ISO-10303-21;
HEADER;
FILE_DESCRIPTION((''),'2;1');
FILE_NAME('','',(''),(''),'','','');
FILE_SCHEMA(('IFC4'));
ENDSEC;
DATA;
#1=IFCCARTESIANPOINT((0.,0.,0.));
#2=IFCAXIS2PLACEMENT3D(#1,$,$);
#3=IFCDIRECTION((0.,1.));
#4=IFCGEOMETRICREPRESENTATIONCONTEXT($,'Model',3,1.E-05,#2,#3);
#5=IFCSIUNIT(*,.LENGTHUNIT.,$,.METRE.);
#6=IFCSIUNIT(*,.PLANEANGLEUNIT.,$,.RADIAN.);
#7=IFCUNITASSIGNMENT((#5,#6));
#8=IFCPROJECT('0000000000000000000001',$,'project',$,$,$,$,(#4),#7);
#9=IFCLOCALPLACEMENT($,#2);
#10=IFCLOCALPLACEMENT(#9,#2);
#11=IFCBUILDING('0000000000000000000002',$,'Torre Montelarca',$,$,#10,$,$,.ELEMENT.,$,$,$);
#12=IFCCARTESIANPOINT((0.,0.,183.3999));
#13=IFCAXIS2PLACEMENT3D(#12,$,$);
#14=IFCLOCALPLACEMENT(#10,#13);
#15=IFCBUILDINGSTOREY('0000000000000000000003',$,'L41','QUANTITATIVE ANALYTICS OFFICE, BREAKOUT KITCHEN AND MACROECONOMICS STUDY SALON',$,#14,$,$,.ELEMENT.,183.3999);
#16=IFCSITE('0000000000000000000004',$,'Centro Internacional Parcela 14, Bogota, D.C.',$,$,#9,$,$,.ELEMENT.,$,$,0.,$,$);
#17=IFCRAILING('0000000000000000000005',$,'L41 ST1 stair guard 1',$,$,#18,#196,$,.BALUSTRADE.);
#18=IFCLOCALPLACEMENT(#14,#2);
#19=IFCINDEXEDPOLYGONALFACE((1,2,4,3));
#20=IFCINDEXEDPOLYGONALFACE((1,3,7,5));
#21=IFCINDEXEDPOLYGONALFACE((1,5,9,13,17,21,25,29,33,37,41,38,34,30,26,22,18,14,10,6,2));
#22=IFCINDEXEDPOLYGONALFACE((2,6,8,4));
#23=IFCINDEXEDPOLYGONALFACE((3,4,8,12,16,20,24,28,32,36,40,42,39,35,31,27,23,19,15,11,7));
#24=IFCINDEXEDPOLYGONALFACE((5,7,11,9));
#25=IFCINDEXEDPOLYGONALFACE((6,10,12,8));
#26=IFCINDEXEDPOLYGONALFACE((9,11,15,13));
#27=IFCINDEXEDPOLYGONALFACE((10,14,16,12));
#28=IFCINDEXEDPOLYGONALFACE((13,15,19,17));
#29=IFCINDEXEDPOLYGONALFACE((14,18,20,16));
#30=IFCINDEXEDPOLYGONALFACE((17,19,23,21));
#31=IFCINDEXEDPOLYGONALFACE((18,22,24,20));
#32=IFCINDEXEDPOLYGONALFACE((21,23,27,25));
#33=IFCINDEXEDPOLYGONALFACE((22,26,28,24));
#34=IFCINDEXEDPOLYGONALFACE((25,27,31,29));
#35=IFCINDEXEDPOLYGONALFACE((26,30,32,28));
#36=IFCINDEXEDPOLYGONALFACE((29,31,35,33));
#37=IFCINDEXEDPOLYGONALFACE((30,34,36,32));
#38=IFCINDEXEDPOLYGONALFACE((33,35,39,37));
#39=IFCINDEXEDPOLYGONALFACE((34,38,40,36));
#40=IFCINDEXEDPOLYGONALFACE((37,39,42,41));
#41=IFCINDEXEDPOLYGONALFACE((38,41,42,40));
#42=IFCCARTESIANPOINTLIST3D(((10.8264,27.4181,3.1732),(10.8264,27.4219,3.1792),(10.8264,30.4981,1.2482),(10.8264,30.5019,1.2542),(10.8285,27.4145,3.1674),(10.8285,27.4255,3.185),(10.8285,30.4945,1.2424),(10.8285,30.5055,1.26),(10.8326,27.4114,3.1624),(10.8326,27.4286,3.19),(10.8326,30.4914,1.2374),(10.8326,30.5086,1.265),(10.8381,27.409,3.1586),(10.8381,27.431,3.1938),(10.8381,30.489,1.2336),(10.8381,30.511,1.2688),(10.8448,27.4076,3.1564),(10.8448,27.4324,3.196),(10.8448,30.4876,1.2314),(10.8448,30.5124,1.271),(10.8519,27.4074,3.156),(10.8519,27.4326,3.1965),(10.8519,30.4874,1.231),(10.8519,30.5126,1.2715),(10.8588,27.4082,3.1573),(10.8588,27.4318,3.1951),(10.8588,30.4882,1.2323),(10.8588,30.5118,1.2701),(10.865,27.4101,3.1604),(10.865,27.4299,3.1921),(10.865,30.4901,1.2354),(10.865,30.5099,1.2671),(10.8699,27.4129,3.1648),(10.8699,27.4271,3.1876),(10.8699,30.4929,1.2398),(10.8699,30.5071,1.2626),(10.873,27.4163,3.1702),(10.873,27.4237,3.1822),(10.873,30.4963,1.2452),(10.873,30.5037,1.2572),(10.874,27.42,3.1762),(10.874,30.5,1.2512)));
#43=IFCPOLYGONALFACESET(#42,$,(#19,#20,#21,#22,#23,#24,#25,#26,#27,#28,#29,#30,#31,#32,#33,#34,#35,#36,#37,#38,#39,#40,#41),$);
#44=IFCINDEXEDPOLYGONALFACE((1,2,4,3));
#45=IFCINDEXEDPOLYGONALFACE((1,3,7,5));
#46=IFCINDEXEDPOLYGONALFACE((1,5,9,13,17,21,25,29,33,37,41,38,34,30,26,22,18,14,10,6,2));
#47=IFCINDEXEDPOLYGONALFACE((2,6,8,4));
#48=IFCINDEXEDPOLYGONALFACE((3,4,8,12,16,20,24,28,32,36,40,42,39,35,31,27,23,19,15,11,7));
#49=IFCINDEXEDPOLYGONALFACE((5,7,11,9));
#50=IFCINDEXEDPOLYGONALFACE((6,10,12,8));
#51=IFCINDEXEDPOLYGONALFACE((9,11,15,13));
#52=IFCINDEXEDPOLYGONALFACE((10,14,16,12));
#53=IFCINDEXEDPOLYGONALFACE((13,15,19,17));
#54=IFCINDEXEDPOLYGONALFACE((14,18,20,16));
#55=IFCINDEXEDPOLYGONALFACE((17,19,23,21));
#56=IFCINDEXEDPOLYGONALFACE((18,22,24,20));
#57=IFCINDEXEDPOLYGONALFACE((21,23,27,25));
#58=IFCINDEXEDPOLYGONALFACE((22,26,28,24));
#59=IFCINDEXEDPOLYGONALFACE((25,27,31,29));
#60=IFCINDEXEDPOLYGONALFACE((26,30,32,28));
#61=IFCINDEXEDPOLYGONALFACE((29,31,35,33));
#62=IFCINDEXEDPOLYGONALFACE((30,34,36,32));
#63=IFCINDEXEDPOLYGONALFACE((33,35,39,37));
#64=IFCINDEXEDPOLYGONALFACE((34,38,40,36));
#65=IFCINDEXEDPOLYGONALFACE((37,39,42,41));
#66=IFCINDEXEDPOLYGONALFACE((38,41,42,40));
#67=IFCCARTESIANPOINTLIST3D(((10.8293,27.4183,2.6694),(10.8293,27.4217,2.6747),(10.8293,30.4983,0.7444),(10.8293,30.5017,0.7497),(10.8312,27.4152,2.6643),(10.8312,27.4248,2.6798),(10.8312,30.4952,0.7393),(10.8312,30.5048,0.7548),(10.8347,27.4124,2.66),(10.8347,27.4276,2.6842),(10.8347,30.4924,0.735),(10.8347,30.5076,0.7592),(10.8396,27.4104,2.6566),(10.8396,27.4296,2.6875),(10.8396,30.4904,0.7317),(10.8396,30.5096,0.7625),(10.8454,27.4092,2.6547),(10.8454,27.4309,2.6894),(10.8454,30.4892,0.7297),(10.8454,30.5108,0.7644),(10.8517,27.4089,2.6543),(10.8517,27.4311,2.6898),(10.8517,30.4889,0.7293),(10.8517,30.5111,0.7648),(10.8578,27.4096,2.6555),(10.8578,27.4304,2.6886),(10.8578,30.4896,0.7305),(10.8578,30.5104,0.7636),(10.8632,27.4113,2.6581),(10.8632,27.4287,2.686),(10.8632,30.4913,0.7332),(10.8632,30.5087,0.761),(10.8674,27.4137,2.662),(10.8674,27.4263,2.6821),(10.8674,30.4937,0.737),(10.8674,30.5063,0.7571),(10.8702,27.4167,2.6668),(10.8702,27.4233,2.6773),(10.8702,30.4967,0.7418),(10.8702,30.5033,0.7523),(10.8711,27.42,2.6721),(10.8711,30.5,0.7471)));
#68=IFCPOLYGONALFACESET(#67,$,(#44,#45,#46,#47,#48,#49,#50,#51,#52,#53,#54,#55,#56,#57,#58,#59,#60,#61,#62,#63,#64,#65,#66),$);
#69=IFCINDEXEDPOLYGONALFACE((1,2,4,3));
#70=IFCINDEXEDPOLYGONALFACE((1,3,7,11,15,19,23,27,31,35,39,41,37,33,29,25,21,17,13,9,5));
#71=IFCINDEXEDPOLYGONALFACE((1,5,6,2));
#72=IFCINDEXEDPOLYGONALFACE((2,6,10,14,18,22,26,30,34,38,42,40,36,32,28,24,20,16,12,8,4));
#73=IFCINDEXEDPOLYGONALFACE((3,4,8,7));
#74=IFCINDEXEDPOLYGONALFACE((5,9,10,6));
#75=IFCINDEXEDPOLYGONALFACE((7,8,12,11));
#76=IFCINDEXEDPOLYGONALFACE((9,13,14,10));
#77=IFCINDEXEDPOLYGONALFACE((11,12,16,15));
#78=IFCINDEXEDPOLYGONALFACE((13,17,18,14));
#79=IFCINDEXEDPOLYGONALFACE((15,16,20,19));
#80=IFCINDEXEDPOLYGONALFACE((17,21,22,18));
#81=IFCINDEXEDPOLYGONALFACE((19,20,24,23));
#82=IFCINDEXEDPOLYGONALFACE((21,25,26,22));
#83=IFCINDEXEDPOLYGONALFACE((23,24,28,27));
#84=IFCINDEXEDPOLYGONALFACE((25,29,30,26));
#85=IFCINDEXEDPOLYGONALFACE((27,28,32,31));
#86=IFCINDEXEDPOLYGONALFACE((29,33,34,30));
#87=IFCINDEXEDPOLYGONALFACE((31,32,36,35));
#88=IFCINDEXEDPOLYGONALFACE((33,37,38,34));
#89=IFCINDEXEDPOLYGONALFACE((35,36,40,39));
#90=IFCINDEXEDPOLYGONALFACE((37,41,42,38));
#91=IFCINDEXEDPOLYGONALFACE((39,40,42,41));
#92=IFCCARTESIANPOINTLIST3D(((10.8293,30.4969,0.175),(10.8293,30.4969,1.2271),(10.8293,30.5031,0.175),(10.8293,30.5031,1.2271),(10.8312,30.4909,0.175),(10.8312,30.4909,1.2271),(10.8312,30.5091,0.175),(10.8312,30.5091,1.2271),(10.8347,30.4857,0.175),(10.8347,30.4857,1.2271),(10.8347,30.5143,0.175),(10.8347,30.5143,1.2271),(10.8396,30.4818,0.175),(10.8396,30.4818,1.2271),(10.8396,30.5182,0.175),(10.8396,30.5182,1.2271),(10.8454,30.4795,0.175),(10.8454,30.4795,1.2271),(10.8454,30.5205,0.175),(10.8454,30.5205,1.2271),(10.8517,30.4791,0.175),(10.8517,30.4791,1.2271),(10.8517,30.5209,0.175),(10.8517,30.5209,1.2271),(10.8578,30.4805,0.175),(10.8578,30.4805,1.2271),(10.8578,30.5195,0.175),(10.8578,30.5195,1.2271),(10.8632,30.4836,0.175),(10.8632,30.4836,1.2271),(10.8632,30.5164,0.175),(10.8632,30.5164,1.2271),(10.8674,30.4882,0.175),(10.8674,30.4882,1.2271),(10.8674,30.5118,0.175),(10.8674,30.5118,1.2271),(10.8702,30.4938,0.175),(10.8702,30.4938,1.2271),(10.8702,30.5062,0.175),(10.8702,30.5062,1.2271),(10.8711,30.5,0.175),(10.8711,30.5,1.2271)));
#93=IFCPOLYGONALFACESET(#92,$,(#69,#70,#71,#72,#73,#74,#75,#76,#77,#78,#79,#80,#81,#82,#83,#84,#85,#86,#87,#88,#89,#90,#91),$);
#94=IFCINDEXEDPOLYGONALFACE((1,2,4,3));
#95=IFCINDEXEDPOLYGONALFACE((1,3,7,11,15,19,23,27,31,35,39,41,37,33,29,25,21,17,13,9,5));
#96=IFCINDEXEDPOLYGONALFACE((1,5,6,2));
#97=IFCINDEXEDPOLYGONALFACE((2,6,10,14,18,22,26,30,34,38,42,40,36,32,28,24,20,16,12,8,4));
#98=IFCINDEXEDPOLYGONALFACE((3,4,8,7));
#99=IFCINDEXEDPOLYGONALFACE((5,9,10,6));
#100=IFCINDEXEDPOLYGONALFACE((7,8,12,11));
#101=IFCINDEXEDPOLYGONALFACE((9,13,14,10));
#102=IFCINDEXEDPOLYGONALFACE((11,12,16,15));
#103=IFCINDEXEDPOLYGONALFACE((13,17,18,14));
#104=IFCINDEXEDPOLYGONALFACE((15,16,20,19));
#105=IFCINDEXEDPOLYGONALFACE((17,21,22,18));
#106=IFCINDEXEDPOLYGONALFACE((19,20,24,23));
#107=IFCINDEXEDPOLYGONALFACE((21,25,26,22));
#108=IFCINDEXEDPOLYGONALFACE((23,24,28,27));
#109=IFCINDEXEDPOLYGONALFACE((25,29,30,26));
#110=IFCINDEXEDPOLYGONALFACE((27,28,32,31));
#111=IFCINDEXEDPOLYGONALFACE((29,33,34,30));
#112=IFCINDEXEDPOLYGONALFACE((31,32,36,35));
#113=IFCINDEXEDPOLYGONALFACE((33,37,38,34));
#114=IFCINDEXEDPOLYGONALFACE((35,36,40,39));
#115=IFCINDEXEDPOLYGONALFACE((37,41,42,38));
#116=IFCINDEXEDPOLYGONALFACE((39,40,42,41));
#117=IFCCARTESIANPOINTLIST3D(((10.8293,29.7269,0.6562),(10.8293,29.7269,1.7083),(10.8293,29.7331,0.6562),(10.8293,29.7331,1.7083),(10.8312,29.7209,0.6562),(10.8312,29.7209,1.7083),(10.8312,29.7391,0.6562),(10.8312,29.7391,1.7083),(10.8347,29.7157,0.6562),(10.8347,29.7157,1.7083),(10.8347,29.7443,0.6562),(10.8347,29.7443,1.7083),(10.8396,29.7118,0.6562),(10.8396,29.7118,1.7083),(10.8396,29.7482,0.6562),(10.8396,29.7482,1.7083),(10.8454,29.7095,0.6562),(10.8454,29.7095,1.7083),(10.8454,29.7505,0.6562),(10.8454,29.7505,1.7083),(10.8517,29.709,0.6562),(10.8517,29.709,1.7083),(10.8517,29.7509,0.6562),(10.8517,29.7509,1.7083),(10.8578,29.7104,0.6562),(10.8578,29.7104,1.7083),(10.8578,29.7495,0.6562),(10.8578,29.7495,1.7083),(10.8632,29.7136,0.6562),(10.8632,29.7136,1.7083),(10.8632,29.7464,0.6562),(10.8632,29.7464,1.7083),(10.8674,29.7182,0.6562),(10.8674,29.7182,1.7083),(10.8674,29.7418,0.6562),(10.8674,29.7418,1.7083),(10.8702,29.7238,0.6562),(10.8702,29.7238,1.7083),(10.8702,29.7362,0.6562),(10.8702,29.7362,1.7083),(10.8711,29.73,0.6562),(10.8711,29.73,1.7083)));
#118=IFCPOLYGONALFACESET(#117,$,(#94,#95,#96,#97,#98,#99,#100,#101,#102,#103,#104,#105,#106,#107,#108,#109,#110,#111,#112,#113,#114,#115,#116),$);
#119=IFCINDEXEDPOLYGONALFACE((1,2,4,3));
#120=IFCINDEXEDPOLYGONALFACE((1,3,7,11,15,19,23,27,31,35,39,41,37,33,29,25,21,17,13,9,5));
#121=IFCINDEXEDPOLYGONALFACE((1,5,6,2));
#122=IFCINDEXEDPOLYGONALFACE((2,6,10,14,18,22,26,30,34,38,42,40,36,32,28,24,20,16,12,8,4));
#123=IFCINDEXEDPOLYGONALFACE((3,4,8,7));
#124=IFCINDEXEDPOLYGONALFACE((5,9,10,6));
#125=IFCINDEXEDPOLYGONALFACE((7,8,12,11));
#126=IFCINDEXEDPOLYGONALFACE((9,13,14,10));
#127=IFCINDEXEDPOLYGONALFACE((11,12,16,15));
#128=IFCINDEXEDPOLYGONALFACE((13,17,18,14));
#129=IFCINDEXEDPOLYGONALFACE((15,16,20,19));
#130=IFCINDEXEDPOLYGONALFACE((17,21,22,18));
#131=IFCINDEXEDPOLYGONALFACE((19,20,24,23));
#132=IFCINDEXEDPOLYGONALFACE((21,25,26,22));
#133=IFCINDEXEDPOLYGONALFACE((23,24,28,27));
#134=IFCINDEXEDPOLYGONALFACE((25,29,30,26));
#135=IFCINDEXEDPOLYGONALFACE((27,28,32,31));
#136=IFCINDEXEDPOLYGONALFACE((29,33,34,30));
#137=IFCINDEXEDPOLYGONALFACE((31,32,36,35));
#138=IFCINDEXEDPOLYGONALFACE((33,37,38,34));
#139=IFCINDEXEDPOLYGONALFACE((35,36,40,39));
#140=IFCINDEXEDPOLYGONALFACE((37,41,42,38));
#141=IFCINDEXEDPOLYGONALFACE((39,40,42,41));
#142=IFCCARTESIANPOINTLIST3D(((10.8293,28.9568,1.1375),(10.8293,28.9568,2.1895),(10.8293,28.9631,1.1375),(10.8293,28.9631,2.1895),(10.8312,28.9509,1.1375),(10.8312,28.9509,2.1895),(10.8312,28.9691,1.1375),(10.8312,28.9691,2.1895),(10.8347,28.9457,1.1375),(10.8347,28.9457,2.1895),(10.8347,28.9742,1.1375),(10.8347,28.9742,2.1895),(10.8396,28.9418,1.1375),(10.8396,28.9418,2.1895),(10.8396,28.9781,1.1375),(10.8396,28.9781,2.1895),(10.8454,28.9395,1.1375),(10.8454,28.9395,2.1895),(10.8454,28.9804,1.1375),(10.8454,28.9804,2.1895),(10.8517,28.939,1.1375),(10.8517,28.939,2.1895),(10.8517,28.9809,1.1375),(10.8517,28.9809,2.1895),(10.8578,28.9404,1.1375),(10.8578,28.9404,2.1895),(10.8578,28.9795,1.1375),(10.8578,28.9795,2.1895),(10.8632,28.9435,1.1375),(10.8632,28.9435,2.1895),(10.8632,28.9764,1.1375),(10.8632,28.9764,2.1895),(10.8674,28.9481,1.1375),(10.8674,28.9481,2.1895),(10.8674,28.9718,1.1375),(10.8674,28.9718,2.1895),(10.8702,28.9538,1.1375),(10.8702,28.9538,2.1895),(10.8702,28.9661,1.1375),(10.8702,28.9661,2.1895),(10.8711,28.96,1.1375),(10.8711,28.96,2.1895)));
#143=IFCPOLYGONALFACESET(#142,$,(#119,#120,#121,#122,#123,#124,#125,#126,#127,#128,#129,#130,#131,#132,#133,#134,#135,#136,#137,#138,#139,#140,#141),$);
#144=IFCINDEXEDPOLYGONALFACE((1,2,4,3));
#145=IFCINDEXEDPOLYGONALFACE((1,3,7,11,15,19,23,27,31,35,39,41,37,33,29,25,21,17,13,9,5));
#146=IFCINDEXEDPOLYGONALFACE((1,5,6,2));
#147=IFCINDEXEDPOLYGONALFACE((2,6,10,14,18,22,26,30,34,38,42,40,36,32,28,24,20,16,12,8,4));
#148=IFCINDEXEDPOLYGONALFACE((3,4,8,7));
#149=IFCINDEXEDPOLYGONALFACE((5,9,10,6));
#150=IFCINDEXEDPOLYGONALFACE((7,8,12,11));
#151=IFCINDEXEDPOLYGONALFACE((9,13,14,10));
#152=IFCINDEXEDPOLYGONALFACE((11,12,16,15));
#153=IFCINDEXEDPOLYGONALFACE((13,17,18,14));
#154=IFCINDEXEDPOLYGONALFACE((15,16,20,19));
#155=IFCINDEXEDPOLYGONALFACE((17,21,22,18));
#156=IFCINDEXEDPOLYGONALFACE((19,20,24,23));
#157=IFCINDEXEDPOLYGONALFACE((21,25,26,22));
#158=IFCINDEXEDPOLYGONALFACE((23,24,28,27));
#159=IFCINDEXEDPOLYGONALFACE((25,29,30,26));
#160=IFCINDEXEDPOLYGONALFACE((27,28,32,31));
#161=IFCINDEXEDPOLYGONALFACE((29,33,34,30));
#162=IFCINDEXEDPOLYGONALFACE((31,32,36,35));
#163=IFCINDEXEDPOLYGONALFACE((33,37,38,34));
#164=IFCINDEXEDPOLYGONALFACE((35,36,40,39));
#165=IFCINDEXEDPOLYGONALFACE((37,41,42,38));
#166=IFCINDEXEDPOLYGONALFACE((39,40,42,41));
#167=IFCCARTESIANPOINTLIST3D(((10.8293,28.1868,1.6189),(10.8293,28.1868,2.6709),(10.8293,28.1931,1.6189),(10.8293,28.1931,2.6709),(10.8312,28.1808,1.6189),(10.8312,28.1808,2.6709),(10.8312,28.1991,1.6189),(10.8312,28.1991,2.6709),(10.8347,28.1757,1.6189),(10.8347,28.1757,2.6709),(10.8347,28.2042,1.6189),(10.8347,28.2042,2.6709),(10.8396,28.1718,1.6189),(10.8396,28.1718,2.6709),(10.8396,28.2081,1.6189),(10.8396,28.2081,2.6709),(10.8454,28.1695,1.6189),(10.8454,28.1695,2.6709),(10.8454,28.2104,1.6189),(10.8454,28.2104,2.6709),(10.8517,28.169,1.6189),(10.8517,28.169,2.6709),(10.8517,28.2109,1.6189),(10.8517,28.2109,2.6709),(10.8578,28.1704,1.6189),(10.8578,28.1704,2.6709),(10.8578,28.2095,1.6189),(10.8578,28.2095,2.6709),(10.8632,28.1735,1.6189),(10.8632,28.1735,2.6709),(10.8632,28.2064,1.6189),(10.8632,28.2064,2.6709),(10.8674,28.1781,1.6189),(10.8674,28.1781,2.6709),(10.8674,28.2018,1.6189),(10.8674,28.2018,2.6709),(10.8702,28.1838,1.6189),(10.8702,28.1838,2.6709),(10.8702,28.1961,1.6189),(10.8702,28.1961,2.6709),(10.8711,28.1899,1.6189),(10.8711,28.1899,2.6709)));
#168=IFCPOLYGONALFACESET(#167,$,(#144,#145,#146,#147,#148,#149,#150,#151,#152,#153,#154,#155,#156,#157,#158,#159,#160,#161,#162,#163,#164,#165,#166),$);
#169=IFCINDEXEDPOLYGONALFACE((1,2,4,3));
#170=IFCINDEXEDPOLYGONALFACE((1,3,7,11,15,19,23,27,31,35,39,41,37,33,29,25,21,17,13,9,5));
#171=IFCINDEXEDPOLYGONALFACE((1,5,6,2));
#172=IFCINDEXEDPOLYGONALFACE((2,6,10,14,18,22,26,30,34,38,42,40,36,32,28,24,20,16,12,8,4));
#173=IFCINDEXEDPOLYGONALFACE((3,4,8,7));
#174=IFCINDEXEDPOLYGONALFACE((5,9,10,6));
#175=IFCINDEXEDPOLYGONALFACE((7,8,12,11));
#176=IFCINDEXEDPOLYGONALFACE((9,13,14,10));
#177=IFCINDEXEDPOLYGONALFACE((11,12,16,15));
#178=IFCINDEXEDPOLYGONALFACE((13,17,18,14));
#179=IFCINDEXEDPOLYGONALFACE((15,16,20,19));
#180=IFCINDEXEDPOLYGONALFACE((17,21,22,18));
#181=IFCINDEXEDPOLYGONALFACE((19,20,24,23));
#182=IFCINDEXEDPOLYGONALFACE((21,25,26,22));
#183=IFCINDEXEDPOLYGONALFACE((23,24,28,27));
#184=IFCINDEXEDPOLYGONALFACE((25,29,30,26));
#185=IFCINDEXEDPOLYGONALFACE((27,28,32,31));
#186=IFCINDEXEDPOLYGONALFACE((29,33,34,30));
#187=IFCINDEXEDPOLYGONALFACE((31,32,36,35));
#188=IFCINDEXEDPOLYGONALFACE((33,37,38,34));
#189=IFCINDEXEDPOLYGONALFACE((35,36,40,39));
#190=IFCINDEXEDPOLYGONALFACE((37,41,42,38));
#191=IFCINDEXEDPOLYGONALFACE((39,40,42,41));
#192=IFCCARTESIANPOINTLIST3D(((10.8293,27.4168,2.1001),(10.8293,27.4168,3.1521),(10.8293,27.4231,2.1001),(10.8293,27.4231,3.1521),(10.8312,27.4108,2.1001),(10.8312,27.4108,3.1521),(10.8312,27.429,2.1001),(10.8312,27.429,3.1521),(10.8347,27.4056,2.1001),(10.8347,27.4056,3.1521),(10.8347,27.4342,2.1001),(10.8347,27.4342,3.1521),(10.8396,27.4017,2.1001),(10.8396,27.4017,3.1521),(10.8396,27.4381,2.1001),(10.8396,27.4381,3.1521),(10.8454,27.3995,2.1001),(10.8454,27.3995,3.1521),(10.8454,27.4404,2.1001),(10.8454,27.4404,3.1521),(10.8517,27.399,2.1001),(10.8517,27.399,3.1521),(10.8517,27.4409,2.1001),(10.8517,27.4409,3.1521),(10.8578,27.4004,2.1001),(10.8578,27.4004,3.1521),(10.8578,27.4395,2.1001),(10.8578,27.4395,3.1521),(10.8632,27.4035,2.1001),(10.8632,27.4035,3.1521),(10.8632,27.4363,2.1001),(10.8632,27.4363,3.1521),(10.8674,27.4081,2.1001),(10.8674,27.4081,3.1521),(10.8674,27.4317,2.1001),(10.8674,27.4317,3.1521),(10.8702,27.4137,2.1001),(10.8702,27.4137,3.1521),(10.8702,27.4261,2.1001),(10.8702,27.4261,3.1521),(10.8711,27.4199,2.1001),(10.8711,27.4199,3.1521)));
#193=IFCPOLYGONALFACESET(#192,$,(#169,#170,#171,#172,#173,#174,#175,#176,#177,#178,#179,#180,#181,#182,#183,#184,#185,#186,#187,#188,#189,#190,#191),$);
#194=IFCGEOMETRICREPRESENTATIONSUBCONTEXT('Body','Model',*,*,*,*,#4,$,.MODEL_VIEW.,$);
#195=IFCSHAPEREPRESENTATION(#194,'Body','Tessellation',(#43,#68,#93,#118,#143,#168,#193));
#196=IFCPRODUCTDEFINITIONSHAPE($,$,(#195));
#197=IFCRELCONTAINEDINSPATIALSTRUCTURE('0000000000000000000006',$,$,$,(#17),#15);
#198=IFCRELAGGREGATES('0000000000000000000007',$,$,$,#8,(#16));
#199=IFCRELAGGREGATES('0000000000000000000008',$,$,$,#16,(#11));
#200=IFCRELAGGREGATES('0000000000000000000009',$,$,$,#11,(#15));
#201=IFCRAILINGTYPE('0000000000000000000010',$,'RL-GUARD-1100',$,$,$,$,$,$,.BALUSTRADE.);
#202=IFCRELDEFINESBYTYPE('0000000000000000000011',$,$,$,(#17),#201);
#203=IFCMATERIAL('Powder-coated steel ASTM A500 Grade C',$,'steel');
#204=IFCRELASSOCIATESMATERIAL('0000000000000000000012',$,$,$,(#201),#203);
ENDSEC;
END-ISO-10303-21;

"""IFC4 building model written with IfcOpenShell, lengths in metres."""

from ifc_helpers import new_model, si_unit, direction, frame, origin, origin_2d, place, context, subcontext, project, spatial, circle, extrude, material, type_object, element, save


model = new_model("IFC4")

# Units and contexts
model_context = context("Model", 3, precision=1e-05, world=origin(), true_north=direction((0.0, 1.0)))
body_context = subcontext(model_context, "Body", "Model", "MODEL_VIEW")
ifc_project = project(units=[si_unit("LENGTHUNIT", "METRE"), si_unit("PLANEANGLEUNIT", "RADIAN")], contexts=[model_context])

# Site, building, storey
site_placement = place(None, origin())
site = spatial("IfcSite", under=ifc_project, at=site_placement, Name="Centro Internacional Parcela 14, Bogota, D.C.", CompositionType="ELEMENT", RefElevation=0.0)
building_placement = place(site_placement, origin())
building = spatial("IfcBuilding", under=site, at=building_placement, Name="Torre Montelarca", CompositionType="ELEMENT")
storey_placement = place(building_placement, frame((0.0, 0.0, 183.3999)))
storey = spatial("IfcBuildingStorey", under=building, at=storey_placement, Name="L41", Description="QUANTITATIVE ANALYTICS OFFICE, BREAKOUT KITCHEN AND MACROECONOMICS STUDY SALON", CompositionType="ELEMENT", Elevation=183.3999)

# Railing
ifc_material_1 = material(Name="Powder-coated steel ASTM A500 Grade C", Category="steel")
railing_type_1 = type_object("IfcRailingType", Name="RL-GUARD-1100", PredefinedType="BALUSTRADE", material=ifc_material_1)
railing_1_placement = place(storey_placement, frame((10.8501, 30.5, 0.175)))
element("IfcRailing", 1, at=railing_1_placement, inside=storey, type_object=railing_type_1, Name="L41 ST1 stair guard 1", PredefinedType="BALUSTRADE", context=body_context, shape_type="SweptSolid", body=[
    extrude(circle(Radius=0.0239, at=origin_2d()), frame((0.0, 0.0, 1.0762), z_axis=(0.0, -0.847998, 0.529999), x_axis=(1.0, 0.0, 0.0)), (0.0, 0.0, 1.0), 3.6321),
    extrude(circle(Radius=0.021, at=origin_2d()), frame((0.0, 0.0, 0.572), z_axis=(0.0, -0.847998, 0.529999), x_axis=(1.0, 0.0, 0.0)), (0.0, 0.0, 1.0), 3.6321),
    extrude(circle(Radius=0.021, at=origin_2d()), origin(), (0.0, 0.0, 1.0), 1.052),
    extrude(circle(Radius=0.021, at=origin_2d()), frame((0.0, -0.77, 0.4812)), (0.0, 0.0, 1.0), 1.052),
    extrude(circle(Radius=0.021, at=origin_2d()), frame((0.0, -1.54, 0.9624)), (0.0, 0.0, 1.0), 1.052),
    extrude(circle(Radius=0.021, at=origin_2d()), frame((0.0, -2.3101, 1.4438)), (0.0, 0.0, 1.0), 1.052),
    extrude(circle(Radius=0.021, at=origin_2d()), frame((0.0, -3.0801, 1.925)), (0.0, 0.0, 1.0), 1.052),
])

save(model, "model.ifc")
